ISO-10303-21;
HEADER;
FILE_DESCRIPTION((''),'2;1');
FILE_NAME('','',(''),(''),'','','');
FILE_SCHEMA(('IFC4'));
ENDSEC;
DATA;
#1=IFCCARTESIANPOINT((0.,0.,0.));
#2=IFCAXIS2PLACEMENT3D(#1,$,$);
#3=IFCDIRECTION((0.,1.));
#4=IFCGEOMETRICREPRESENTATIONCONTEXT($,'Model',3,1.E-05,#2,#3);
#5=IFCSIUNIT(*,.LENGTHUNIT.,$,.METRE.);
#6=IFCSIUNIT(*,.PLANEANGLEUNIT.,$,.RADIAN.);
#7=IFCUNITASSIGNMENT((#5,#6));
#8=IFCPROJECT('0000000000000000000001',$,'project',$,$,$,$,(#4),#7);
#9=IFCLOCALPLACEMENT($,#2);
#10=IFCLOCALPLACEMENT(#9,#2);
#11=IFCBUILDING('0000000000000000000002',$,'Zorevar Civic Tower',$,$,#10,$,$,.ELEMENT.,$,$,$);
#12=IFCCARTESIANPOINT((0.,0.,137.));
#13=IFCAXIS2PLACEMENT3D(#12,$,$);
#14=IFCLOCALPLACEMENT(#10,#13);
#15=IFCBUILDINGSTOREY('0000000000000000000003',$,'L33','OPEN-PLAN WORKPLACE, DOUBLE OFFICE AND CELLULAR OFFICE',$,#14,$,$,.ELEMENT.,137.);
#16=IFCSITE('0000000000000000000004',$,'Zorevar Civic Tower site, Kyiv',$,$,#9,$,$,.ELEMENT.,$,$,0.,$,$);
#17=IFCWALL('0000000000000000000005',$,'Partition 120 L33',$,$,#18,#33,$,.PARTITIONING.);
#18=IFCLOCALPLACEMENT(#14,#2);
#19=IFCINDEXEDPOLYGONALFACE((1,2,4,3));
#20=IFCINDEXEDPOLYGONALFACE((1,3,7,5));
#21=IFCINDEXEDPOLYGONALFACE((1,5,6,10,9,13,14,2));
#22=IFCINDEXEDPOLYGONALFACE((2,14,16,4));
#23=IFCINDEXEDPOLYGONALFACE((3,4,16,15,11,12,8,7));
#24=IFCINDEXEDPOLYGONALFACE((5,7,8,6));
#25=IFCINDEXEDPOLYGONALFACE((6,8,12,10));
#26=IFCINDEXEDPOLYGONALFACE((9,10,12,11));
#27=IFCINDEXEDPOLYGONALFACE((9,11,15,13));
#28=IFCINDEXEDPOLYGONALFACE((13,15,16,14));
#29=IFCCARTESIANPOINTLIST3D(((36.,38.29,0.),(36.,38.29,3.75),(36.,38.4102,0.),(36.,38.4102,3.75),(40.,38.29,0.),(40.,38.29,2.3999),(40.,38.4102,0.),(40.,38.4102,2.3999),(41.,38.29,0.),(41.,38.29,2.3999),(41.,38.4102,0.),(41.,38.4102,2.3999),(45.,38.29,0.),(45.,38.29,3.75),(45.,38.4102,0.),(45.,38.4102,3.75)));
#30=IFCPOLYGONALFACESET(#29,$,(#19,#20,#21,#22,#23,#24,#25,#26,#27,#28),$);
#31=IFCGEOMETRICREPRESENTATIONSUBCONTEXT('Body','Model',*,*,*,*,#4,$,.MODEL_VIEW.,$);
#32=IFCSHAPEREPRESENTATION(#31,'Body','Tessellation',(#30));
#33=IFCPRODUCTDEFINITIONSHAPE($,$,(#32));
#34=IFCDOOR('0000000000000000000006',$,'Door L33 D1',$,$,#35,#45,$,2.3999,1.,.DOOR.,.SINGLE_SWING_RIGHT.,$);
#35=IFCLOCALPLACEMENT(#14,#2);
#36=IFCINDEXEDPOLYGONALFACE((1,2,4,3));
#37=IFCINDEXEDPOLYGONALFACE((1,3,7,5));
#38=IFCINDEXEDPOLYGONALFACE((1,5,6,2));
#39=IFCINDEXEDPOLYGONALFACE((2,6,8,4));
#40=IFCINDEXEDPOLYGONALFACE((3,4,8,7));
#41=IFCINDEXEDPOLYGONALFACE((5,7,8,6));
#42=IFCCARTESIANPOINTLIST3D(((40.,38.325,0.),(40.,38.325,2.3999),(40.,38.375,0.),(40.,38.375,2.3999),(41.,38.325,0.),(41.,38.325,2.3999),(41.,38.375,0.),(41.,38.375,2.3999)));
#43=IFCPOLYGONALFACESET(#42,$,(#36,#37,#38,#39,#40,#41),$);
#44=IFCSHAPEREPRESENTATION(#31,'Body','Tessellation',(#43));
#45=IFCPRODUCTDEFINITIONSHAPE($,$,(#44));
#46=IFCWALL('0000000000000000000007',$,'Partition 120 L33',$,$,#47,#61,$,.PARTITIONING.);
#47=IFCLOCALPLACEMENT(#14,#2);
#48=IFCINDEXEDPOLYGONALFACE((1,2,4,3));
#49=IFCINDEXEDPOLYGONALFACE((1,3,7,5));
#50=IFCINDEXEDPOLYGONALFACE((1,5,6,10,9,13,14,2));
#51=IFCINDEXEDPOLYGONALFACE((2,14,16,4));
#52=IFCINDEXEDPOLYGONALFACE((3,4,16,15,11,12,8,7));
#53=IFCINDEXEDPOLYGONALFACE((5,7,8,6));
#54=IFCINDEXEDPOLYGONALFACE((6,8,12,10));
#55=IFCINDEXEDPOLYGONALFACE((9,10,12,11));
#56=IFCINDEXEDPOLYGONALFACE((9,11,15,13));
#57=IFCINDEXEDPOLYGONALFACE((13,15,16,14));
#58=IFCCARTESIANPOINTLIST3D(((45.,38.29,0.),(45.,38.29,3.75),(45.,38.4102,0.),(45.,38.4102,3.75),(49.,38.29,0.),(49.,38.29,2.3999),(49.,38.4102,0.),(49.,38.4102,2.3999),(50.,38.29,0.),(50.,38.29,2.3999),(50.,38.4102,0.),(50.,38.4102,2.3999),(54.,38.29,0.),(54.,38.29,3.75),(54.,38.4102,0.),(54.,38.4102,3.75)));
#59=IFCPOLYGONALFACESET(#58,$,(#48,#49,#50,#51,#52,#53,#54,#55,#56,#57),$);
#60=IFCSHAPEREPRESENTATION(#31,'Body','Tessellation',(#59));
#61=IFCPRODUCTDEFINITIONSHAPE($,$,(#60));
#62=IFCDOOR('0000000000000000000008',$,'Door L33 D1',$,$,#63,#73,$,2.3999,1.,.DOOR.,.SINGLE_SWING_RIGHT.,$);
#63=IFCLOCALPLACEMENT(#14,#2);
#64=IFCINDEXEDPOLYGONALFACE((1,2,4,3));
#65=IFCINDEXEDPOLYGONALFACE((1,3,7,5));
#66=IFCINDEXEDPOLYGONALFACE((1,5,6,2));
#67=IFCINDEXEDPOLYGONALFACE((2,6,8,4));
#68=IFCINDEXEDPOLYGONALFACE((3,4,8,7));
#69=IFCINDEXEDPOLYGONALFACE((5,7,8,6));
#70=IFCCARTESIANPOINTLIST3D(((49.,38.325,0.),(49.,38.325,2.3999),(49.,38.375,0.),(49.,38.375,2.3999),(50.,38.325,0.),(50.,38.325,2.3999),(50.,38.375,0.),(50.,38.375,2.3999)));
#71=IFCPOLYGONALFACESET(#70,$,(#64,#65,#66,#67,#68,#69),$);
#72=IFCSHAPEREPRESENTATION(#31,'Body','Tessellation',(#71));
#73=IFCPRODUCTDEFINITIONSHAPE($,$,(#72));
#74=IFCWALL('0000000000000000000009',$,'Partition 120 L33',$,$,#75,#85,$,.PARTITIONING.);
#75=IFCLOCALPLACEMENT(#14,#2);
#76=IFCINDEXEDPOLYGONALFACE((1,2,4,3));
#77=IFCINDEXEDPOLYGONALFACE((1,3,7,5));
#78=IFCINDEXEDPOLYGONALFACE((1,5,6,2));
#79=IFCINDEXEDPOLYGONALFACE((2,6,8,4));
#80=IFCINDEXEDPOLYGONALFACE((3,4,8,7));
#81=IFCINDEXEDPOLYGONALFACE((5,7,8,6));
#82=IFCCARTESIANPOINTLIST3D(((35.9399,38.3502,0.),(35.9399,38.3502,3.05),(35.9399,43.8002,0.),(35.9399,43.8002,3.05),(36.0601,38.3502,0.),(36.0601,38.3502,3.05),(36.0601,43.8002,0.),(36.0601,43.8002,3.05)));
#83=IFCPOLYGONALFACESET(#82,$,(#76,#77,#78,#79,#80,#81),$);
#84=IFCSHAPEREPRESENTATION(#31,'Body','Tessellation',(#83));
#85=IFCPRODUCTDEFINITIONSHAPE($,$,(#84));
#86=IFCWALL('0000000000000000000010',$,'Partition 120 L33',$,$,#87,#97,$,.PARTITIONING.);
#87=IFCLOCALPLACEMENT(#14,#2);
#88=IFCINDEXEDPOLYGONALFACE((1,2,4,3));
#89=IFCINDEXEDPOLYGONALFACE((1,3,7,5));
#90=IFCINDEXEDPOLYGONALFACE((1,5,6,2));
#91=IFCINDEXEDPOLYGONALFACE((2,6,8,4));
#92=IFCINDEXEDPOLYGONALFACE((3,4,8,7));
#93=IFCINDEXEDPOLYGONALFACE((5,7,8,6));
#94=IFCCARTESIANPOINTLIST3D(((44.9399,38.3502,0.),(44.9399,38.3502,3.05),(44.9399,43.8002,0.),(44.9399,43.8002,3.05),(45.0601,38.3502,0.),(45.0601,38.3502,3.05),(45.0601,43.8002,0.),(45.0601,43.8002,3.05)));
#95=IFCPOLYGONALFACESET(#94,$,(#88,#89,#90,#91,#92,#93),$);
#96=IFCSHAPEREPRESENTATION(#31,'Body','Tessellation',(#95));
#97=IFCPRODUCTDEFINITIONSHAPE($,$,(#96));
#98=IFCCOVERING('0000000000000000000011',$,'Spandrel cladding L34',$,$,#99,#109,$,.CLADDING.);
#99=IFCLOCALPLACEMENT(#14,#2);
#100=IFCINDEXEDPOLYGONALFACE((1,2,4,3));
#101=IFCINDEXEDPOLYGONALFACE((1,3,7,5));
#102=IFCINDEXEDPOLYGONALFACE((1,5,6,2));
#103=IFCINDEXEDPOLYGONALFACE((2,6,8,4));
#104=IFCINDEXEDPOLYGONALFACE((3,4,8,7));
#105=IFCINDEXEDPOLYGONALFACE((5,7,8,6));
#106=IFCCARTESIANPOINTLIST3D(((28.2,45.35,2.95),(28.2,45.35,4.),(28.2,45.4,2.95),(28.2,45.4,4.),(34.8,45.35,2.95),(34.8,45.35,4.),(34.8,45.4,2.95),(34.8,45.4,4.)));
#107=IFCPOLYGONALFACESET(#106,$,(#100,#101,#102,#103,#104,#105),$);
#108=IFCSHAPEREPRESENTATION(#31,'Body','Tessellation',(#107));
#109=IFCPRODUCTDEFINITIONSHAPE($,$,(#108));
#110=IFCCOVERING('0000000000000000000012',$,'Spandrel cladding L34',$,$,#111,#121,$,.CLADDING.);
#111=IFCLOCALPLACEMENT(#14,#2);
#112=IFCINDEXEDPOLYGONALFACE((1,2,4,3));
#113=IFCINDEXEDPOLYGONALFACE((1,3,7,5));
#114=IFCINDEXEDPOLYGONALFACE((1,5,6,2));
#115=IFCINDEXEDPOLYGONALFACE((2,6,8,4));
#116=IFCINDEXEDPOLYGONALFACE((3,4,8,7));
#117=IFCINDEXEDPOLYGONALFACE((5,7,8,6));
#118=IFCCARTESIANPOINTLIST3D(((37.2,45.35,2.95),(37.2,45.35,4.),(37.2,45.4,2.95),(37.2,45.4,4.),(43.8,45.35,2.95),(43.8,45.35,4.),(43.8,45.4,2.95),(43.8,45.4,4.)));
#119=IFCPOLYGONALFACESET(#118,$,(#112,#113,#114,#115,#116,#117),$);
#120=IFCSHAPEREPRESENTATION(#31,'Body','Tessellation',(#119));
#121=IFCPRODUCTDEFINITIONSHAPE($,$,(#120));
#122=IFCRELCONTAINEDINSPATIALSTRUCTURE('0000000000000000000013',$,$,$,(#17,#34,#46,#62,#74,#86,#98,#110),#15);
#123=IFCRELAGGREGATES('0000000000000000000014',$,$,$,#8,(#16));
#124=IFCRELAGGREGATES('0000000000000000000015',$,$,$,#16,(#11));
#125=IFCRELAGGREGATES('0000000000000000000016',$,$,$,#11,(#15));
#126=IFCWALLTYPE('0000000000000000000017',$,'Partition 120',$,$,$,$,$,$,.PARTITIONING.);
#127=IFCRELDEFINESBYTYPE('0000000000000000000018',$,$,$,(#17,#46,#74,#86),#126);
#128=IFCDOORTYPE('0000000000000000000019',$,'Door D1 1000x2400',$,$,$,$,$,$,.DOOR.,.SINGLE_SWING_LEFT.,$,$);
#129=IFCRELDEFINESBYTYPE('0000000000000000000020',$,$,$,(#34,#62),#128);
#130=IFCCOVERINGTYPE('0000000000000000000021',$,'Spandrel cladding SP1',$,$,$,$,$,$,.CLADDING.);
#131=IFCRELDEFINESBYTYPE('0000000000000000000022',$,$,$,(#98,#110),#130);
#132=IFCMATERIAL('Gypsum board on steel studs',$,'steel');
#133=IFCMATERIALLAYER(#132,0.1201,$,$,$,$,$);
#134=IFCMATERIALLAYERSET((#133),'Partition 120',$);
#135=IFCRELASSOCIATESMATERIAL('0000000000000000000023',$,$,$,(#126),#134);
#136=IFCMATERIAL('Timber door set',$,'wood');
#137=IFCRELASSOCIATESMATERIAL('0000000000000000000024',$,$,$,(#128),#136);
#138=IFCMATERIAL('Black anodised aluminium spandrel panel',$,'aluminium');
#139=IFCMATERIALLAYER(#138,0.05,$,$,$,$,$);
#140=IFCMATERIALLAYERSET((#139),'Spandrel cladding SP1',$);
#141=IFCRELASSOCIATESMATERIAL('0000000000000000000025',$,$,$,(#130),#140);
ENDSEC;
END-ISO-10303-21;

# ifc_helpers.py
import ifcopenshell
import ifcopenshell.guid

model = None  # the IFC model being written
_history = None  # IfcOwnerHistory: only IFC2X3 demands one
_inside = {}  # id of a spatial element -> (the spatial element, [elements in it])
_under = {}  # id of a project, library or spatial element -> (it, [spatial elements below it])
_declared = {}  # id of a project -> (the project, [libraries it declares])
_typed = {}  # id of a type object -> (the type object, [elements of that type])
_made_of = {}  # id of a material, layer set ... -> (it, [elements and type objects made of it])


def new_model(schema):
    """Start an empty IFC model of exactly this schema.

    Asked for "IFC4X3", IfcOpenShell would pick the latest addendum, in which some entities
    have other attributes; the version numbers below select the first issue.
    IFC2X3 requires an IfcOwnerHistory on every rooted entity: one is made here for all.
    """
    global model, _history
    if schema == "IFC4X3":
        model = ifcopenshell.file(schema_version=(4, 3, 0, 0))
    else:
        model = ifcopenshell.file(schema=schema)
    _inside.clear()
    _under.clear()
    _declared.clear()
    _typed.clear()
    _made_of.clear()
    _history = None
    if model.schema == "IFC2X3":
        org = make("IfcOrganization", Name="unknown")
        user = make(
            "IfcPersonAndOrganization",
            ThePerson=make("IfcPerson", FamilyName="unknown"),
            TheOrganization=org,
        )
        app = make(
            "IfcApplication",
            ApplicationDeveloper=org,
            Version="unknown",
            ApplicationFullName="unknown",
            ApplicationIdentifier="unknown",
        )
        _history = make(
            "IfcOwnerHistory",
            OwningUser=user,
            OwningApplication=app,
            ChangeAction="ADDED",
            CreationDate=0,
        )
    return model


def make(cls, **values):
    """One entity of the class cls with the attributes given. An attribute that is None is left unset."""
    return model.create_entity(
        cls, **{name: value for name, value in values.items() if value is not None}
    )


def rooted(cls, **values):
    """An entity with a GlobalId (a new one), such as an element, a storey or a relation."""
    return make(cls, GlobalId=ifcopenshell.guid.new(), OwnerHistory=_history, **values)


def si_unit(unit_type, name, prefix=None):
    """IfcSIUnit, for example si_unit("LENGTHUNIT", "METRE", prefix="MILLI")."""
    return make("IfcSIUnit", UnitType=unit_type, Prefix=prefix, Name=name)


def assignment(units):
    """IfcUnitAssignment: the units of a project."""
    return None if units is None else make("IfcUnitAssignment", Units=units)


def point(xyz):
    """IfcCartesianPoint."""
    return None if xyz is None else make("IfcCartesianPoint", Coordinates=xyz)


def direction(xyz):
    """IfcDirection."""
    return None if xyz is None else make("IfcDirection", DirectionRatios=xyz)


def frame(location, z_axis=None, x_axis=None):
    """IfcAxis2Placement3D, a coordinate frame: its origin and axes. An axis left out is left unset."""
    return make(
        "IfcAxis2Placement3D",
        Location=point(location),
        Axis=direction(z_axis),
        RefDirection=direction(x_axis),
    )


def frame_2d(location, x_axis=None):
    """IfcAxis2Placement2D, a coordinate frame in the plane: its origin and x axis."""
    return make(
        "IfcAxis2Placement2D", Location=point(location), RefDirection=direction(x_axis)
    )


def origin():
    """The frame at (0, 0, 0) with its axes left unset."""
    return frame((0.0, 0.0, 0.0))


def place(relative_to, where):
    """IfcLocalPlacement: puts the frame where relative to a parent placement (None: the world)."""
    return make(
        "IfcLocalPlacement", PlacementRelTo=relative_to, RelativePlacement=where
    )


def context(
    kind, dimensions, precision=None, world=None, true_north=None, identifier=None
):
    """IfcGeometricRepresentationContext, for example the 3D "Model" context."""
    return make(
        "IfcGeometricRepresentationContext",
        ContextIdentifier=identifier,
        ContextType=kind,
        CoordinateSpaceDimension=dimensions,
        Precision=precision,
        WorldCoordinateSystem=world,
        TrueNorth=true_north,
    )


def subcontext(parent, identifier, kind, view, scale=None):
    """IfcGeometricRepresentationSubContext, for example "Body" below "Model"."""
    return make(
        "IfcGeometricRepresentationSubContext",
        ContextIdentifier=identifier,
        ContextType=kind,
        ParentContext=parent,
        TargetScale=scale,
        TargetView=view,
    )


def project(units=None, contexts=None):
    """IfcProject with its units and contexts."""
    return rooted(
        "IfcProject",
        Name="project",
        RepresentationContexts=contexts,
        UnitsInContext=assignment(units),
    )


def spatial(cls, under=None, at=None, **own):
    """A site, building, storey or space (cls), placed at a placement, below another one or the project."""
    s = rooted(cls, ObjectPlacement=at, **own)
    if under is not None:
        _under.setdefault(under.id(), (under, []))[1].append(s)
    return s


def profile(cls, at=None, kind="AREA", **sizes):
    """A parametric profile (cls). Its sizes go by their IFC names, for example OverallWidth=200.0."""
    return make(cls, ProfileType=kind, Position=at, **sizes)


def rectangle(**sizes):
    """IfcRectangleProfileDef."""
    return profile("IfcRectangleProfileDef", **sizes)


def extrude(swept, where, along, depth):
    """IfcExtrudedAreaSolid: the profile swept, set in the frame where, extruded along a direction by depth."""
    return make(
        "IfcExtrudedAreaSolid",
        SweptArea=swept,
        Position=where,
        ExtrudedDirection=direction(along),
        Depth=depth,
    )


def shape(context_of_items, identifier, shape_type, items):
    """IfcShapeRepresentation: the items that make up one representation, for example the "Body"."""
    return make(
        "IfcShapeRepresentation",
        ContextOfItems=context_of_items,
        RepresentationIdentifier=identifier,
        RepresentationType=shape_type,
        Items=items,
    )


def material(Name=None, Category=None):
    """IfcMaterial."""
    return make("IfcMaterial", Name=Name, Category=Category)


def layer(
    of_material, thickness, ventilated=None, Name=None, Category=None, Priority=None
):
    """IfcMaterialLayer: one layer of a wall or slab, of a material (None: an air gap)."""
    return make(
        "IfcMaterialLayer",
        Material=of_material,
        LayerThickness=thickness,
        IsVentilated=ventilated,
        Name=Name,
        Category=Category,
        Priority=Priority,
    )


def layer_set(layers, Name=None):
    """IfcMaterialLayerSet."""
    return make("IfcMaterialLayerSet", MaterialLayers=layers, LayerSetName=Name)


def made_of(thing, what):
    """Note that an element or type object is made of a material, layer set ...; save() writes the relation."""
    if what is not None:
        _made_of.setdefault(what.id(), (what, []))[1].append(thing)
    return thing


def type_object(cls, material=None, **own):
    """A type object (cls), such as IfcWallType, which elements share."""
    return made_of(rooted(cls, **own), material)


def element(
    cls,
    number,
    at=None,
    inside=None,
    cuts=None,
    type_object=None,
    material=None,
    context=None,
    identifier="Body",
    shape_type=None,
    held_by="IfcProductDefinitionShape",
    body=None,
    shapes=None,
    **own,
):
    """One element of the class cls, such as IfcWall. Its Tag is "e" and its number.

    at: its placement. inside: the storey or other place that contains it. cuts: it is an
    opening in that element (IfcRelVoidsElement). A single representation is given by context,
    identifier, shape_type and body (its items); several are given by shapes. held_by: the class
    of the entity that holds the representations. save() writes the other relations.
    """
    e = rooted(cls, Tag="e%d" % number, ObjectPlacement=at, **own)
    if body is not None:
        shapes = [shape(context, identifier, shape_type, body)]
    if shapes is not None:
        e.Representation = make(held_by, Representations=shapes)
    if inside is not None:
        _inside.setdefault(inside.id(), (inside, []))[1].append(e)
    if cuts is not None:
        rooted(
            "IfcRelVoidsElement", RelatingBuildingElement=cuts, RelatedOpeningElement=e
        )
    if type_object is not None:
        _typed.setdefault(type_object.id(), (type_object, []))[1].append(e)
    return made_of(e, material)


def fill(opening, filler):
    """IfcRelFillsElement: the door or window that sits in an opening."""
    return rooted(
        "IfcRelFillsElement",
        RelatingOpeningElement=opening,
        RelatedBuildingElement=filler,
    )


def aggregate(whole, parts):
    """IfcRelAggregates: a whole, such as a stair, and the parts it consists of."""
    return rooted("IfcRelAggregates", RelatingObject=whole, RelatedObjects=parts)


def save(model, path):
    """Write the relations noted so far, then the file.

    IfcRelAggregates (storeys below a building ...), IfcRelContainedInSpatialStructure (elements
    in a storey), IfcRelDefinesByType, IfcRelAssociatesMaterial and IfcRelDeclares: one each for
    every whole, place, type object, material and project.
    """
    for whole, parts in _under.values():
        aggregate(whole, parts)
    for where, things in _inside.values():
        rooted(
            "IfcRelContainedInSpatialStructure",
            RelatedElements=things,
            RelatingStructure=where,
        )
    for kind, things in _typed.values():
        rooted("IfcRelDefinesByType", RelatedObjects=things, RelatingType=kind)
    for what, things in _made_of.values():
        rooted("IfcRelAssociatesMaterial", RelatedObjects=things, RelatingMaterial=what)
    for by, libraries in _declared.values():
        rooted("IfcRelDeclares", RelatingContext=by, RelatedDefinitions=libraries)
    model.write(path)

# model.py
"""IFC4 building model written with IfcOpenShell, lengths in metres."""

from ifc_helpers import new_model, si_unit, direction, frame, frame_2d, origin, place, context, subcontext, project, spatial, rectangle, extrude, material, layer, layer_set, type_object, element, fill, save


model = new_model("IFC4")

# Units and contexts
model_context = context("Model", 3, precision=1e-05, world=origin(), true_north=direction((0.0, 1.0)))
body_context = subcontext(model_context, "Body", "Model", "MODEL_VIEW")
ifc_project = project(units=[si_unit("LENGTHUNIT", "METRE"), si_unit("PLANEANGLEUNIT", "RADIAN")], contexts=[model_context])

# Site, building, storey
site_placement = place(None, origin())
site = spatial("IfcSite", under=ifc_project, at=site_placement, Name="Zorevar Civic Tower site, Kyiv", CompositionType="ELEMENT", RefElevation=0.0)
building_placement = place(site_placement, origin())
building = spatial("IfcBuilding", under=site, at=building_placement, Name="Zorevar Civic Tower", CompositionType="ELEMENT")
storey_placement = place(building_placement, frame((0.0, 0.0, 137.0)))
storey = spatial("IfcBuildingStorey", under=building, at=storey_placement, Name="L33", Description="OPEN-PLAN WORKPLACE, DOUBLE OFFICE AND CELLULAR OFFICE", CompositionType="ELEMENT", Elevation=137.0)

# Walls, openings, doors
ifc_material_1 = material(Name="Gypsum board on steel studs", Category="steel")
ifc_layer_1 = layer(ifc_material_1, 0.1201)
ifc_layer_set_1 = layer_set([ifc_layer_1], Name="Partition 120")
wall_type = type_object("IfcWallType", Name="Partition 120", PredefinedType="PARTITIONING", material=ifc_layer_set_1)
wall_1_placement = place(storey_placement, frame((36.0, 38.3501, 0.0), z_axis=(0.0, 0.0, 1.0), x_axis=(1.0, 0.0, 0.0)))
wall_1 = element("IfcWall", 1, at=wall_1_placement, inside=storey, type_object=wall_type, Name="Partition 120 L33", PredefinedType="PARTITIONING", context=body_context, shape_type="SweptSolid", body=[
    extrude(rectangle(XDim=9.0, YDim=0.1201, at=frame_2d((4.5, 0.0))), origin(), (0.0, 0.0, 1.0), 3.75),
])
opening_1_placement = place(wall_1_placement, frame((4.0, 0.0, 0.0)))
opening_1 = element("IfcOpeningElement", 2, at=opening_1_placement, cuts=wall_1, PredefinedType="OPENING", context=body_context, shape_type="SweptSolid", body=[
    extrude(rectangle(XDim=1.0, YDim=2.3999, at=frame_2d((0.5, 1.2))), frame((0.0, 0.0701, 0.0), z_axis=(0.0, -1.0, 0.0), x_axis=(1.0, 0.0, 0.0)), (0.0, 0.0, 1.0), 0.1401),
])
ifc_material_2 = material(Name="Timber door set", Category="wood")
door_type = type_object("IfcDoorType", Name="Door D1 1000x2400", OperationType="SINGLE_SWING_LEFT", PredefinedType="DOOR", material=ifc_material_2)
door_1_placement = place(opening_1_placement, origin())
door_1 = element("IfcDoor", 3, at=door_1_placement, inside=storey, type_object=door_type, Name="Door L33 D1", OperationType="SINGLE_SWING_RIGHT", OverallHeight=2.3999, OverallWidth=1.0, PredefinedType="DOOR", context=body_context, shape_type="SweptSolid", body=[
    extrude(rectangle(XDim=1.0, YDim=2.3999, at=frame_2d((0.5, 1.2))), frame((0.0, 0.0249, 0.0), z_axis=(0.0, -1.0, 0.0), x_axis=(1.0, 0.0, 0.0)), (0.0, 0.0, 1.0), 0.05),
])
fill(opening_1, door_1)
wall_2_placement = place(storey_placement, frame((45.0, 38.3501, 0.0), z_axis=(0.0, 0.0, 1.0), x_axis=(1.0, 0.0, 0.0)))
wall_2 = element("IfcWall", 4, at=wall_2_placement, inside=storey, type_object=wall_type, Name="Partition 120 L33", PredefinedType="PARTITIONING", context=body_context, shape_type="SweptSolid", body=[
    extrude(rectangle(XDim=9.0, YDim=0.1201, at=frame_2d((4.5, 0.0))), origin(), (0.0, 0.0, 1.0), 3.75),
])
opening_2_placement = place(wall_2_placement, frame((4.0, 0.0, 0.0)))
opening_2 = element("IfcOpeningElement", 5, at=opening_2_placement, cuts=wall_2, PredefinedType="OPENING", context=body_context, shape_type="SweptSolid", body=[
    extrude(rectangle(XDim=1.0, YDim=2.3999, at=frame_2d((0.5, 1.2))), frame((0.0, 0.0701, 0.0), z_axis=(0.0, -1.0, 0.0), x_axis=(1.0, 0.0, 0.0)), (0.0, 0.0, 1.0), 0.1401),
])
door_2_placement = place(opening_2_placement, origin())
door_2 = element("IfcDoor", 6, at=door_2_placement, inside=storey, type_object=door_type, Name="Door L33 D1", OperationType="SINGLE_SWING_RIGHT", OverallHeight=2.3999, OverallWidth=1.0, PredefinedType="DOOR", context=body_context, shape_type="SweptSolid", body=[
    extrude(rectangle(XDim=1.0, YDim=2.3999, at=frame_2d((0.5, 1.2))), frame((0.0, 0.0249, 0.0), z_axis=(0.0, -1.0, 0.0), x_axis=(1.0, 0.0, 0.0)), (0.0, 0.0, 1.0), 0.05),
])
fill(opening_2, door_2)

# Walls
for number, where, z_axis, x_axis, name in (
    (7, (36.0, 38.3501, 0.0), (0.0, 0.0, 1.0), (0.0, 1.0, 0.0), "Partition 120 L33"),
    (8, (45.0, 38.3501, 0.0), (0.0, 0.0, 1.0), (0.0, 1.0, 0.0), "Partition 120 L33"),
):
    element("IfcWall", number, at=place(storey_placement, frame(where, z_axis=z_axis, x_axis=x_axis)), inside=storey, type_object=wall_type, Name=name, PredefinedType="PARTITIONING", context=body_context, shape_type="SweptSolid", body=[
        extrude(rectangle(XDim=5.45, YDim=0.1201, at=frame_2d((2.7251, 0.0))), origin(), (0.0, 0.0, 1.0), 3.05),
    ])

# Coverings
ifc_material_3 = material(Name="Black anodised aluminium spandrel panel", Category="aluminium")
ifc_layer_2 = layer(ifc_material_3, 0.05)
ifc_layer_set_2 = layer_set([ifc_layer_2], Name="Spandrel cladding SP1")
covering_type = type_object("IfcCoveringType", Name="Spandrel cladding SP1", PredefinedType="CLADDING", material=ifc_layer_set_2)
for number, where, z_axis, x_axis, name in (
    (9, (28.2, 45.375, 2.95), (0.0, 0.0, 1.0), (1.0, 0.0, 0.0), "Spandrel cladding L34"),
    (10, (37.2, 45.375, 2.95), (0.0, 0.0, 1.0), (1.0, 0.0, 0.0), "Spandrel cladding L34"),
):
    element("IfcCovering", number, at=place(storey_placement, frame(where, z_axis=z_axis, x_axis=x_axis)), inside=storey, type_object=covering_type, Name=name, PredefinedType="CLADDING", context=body_context, shape_type="SweptSolid", body=[
        extrude(rectangle(XDim=6.6001, YDim=0.05, at=frame_2d((3.3, 0.0))), origin(), (0.0, 0.0, 1.0), 1.05),
    ])

save(model, "model.ifc")
